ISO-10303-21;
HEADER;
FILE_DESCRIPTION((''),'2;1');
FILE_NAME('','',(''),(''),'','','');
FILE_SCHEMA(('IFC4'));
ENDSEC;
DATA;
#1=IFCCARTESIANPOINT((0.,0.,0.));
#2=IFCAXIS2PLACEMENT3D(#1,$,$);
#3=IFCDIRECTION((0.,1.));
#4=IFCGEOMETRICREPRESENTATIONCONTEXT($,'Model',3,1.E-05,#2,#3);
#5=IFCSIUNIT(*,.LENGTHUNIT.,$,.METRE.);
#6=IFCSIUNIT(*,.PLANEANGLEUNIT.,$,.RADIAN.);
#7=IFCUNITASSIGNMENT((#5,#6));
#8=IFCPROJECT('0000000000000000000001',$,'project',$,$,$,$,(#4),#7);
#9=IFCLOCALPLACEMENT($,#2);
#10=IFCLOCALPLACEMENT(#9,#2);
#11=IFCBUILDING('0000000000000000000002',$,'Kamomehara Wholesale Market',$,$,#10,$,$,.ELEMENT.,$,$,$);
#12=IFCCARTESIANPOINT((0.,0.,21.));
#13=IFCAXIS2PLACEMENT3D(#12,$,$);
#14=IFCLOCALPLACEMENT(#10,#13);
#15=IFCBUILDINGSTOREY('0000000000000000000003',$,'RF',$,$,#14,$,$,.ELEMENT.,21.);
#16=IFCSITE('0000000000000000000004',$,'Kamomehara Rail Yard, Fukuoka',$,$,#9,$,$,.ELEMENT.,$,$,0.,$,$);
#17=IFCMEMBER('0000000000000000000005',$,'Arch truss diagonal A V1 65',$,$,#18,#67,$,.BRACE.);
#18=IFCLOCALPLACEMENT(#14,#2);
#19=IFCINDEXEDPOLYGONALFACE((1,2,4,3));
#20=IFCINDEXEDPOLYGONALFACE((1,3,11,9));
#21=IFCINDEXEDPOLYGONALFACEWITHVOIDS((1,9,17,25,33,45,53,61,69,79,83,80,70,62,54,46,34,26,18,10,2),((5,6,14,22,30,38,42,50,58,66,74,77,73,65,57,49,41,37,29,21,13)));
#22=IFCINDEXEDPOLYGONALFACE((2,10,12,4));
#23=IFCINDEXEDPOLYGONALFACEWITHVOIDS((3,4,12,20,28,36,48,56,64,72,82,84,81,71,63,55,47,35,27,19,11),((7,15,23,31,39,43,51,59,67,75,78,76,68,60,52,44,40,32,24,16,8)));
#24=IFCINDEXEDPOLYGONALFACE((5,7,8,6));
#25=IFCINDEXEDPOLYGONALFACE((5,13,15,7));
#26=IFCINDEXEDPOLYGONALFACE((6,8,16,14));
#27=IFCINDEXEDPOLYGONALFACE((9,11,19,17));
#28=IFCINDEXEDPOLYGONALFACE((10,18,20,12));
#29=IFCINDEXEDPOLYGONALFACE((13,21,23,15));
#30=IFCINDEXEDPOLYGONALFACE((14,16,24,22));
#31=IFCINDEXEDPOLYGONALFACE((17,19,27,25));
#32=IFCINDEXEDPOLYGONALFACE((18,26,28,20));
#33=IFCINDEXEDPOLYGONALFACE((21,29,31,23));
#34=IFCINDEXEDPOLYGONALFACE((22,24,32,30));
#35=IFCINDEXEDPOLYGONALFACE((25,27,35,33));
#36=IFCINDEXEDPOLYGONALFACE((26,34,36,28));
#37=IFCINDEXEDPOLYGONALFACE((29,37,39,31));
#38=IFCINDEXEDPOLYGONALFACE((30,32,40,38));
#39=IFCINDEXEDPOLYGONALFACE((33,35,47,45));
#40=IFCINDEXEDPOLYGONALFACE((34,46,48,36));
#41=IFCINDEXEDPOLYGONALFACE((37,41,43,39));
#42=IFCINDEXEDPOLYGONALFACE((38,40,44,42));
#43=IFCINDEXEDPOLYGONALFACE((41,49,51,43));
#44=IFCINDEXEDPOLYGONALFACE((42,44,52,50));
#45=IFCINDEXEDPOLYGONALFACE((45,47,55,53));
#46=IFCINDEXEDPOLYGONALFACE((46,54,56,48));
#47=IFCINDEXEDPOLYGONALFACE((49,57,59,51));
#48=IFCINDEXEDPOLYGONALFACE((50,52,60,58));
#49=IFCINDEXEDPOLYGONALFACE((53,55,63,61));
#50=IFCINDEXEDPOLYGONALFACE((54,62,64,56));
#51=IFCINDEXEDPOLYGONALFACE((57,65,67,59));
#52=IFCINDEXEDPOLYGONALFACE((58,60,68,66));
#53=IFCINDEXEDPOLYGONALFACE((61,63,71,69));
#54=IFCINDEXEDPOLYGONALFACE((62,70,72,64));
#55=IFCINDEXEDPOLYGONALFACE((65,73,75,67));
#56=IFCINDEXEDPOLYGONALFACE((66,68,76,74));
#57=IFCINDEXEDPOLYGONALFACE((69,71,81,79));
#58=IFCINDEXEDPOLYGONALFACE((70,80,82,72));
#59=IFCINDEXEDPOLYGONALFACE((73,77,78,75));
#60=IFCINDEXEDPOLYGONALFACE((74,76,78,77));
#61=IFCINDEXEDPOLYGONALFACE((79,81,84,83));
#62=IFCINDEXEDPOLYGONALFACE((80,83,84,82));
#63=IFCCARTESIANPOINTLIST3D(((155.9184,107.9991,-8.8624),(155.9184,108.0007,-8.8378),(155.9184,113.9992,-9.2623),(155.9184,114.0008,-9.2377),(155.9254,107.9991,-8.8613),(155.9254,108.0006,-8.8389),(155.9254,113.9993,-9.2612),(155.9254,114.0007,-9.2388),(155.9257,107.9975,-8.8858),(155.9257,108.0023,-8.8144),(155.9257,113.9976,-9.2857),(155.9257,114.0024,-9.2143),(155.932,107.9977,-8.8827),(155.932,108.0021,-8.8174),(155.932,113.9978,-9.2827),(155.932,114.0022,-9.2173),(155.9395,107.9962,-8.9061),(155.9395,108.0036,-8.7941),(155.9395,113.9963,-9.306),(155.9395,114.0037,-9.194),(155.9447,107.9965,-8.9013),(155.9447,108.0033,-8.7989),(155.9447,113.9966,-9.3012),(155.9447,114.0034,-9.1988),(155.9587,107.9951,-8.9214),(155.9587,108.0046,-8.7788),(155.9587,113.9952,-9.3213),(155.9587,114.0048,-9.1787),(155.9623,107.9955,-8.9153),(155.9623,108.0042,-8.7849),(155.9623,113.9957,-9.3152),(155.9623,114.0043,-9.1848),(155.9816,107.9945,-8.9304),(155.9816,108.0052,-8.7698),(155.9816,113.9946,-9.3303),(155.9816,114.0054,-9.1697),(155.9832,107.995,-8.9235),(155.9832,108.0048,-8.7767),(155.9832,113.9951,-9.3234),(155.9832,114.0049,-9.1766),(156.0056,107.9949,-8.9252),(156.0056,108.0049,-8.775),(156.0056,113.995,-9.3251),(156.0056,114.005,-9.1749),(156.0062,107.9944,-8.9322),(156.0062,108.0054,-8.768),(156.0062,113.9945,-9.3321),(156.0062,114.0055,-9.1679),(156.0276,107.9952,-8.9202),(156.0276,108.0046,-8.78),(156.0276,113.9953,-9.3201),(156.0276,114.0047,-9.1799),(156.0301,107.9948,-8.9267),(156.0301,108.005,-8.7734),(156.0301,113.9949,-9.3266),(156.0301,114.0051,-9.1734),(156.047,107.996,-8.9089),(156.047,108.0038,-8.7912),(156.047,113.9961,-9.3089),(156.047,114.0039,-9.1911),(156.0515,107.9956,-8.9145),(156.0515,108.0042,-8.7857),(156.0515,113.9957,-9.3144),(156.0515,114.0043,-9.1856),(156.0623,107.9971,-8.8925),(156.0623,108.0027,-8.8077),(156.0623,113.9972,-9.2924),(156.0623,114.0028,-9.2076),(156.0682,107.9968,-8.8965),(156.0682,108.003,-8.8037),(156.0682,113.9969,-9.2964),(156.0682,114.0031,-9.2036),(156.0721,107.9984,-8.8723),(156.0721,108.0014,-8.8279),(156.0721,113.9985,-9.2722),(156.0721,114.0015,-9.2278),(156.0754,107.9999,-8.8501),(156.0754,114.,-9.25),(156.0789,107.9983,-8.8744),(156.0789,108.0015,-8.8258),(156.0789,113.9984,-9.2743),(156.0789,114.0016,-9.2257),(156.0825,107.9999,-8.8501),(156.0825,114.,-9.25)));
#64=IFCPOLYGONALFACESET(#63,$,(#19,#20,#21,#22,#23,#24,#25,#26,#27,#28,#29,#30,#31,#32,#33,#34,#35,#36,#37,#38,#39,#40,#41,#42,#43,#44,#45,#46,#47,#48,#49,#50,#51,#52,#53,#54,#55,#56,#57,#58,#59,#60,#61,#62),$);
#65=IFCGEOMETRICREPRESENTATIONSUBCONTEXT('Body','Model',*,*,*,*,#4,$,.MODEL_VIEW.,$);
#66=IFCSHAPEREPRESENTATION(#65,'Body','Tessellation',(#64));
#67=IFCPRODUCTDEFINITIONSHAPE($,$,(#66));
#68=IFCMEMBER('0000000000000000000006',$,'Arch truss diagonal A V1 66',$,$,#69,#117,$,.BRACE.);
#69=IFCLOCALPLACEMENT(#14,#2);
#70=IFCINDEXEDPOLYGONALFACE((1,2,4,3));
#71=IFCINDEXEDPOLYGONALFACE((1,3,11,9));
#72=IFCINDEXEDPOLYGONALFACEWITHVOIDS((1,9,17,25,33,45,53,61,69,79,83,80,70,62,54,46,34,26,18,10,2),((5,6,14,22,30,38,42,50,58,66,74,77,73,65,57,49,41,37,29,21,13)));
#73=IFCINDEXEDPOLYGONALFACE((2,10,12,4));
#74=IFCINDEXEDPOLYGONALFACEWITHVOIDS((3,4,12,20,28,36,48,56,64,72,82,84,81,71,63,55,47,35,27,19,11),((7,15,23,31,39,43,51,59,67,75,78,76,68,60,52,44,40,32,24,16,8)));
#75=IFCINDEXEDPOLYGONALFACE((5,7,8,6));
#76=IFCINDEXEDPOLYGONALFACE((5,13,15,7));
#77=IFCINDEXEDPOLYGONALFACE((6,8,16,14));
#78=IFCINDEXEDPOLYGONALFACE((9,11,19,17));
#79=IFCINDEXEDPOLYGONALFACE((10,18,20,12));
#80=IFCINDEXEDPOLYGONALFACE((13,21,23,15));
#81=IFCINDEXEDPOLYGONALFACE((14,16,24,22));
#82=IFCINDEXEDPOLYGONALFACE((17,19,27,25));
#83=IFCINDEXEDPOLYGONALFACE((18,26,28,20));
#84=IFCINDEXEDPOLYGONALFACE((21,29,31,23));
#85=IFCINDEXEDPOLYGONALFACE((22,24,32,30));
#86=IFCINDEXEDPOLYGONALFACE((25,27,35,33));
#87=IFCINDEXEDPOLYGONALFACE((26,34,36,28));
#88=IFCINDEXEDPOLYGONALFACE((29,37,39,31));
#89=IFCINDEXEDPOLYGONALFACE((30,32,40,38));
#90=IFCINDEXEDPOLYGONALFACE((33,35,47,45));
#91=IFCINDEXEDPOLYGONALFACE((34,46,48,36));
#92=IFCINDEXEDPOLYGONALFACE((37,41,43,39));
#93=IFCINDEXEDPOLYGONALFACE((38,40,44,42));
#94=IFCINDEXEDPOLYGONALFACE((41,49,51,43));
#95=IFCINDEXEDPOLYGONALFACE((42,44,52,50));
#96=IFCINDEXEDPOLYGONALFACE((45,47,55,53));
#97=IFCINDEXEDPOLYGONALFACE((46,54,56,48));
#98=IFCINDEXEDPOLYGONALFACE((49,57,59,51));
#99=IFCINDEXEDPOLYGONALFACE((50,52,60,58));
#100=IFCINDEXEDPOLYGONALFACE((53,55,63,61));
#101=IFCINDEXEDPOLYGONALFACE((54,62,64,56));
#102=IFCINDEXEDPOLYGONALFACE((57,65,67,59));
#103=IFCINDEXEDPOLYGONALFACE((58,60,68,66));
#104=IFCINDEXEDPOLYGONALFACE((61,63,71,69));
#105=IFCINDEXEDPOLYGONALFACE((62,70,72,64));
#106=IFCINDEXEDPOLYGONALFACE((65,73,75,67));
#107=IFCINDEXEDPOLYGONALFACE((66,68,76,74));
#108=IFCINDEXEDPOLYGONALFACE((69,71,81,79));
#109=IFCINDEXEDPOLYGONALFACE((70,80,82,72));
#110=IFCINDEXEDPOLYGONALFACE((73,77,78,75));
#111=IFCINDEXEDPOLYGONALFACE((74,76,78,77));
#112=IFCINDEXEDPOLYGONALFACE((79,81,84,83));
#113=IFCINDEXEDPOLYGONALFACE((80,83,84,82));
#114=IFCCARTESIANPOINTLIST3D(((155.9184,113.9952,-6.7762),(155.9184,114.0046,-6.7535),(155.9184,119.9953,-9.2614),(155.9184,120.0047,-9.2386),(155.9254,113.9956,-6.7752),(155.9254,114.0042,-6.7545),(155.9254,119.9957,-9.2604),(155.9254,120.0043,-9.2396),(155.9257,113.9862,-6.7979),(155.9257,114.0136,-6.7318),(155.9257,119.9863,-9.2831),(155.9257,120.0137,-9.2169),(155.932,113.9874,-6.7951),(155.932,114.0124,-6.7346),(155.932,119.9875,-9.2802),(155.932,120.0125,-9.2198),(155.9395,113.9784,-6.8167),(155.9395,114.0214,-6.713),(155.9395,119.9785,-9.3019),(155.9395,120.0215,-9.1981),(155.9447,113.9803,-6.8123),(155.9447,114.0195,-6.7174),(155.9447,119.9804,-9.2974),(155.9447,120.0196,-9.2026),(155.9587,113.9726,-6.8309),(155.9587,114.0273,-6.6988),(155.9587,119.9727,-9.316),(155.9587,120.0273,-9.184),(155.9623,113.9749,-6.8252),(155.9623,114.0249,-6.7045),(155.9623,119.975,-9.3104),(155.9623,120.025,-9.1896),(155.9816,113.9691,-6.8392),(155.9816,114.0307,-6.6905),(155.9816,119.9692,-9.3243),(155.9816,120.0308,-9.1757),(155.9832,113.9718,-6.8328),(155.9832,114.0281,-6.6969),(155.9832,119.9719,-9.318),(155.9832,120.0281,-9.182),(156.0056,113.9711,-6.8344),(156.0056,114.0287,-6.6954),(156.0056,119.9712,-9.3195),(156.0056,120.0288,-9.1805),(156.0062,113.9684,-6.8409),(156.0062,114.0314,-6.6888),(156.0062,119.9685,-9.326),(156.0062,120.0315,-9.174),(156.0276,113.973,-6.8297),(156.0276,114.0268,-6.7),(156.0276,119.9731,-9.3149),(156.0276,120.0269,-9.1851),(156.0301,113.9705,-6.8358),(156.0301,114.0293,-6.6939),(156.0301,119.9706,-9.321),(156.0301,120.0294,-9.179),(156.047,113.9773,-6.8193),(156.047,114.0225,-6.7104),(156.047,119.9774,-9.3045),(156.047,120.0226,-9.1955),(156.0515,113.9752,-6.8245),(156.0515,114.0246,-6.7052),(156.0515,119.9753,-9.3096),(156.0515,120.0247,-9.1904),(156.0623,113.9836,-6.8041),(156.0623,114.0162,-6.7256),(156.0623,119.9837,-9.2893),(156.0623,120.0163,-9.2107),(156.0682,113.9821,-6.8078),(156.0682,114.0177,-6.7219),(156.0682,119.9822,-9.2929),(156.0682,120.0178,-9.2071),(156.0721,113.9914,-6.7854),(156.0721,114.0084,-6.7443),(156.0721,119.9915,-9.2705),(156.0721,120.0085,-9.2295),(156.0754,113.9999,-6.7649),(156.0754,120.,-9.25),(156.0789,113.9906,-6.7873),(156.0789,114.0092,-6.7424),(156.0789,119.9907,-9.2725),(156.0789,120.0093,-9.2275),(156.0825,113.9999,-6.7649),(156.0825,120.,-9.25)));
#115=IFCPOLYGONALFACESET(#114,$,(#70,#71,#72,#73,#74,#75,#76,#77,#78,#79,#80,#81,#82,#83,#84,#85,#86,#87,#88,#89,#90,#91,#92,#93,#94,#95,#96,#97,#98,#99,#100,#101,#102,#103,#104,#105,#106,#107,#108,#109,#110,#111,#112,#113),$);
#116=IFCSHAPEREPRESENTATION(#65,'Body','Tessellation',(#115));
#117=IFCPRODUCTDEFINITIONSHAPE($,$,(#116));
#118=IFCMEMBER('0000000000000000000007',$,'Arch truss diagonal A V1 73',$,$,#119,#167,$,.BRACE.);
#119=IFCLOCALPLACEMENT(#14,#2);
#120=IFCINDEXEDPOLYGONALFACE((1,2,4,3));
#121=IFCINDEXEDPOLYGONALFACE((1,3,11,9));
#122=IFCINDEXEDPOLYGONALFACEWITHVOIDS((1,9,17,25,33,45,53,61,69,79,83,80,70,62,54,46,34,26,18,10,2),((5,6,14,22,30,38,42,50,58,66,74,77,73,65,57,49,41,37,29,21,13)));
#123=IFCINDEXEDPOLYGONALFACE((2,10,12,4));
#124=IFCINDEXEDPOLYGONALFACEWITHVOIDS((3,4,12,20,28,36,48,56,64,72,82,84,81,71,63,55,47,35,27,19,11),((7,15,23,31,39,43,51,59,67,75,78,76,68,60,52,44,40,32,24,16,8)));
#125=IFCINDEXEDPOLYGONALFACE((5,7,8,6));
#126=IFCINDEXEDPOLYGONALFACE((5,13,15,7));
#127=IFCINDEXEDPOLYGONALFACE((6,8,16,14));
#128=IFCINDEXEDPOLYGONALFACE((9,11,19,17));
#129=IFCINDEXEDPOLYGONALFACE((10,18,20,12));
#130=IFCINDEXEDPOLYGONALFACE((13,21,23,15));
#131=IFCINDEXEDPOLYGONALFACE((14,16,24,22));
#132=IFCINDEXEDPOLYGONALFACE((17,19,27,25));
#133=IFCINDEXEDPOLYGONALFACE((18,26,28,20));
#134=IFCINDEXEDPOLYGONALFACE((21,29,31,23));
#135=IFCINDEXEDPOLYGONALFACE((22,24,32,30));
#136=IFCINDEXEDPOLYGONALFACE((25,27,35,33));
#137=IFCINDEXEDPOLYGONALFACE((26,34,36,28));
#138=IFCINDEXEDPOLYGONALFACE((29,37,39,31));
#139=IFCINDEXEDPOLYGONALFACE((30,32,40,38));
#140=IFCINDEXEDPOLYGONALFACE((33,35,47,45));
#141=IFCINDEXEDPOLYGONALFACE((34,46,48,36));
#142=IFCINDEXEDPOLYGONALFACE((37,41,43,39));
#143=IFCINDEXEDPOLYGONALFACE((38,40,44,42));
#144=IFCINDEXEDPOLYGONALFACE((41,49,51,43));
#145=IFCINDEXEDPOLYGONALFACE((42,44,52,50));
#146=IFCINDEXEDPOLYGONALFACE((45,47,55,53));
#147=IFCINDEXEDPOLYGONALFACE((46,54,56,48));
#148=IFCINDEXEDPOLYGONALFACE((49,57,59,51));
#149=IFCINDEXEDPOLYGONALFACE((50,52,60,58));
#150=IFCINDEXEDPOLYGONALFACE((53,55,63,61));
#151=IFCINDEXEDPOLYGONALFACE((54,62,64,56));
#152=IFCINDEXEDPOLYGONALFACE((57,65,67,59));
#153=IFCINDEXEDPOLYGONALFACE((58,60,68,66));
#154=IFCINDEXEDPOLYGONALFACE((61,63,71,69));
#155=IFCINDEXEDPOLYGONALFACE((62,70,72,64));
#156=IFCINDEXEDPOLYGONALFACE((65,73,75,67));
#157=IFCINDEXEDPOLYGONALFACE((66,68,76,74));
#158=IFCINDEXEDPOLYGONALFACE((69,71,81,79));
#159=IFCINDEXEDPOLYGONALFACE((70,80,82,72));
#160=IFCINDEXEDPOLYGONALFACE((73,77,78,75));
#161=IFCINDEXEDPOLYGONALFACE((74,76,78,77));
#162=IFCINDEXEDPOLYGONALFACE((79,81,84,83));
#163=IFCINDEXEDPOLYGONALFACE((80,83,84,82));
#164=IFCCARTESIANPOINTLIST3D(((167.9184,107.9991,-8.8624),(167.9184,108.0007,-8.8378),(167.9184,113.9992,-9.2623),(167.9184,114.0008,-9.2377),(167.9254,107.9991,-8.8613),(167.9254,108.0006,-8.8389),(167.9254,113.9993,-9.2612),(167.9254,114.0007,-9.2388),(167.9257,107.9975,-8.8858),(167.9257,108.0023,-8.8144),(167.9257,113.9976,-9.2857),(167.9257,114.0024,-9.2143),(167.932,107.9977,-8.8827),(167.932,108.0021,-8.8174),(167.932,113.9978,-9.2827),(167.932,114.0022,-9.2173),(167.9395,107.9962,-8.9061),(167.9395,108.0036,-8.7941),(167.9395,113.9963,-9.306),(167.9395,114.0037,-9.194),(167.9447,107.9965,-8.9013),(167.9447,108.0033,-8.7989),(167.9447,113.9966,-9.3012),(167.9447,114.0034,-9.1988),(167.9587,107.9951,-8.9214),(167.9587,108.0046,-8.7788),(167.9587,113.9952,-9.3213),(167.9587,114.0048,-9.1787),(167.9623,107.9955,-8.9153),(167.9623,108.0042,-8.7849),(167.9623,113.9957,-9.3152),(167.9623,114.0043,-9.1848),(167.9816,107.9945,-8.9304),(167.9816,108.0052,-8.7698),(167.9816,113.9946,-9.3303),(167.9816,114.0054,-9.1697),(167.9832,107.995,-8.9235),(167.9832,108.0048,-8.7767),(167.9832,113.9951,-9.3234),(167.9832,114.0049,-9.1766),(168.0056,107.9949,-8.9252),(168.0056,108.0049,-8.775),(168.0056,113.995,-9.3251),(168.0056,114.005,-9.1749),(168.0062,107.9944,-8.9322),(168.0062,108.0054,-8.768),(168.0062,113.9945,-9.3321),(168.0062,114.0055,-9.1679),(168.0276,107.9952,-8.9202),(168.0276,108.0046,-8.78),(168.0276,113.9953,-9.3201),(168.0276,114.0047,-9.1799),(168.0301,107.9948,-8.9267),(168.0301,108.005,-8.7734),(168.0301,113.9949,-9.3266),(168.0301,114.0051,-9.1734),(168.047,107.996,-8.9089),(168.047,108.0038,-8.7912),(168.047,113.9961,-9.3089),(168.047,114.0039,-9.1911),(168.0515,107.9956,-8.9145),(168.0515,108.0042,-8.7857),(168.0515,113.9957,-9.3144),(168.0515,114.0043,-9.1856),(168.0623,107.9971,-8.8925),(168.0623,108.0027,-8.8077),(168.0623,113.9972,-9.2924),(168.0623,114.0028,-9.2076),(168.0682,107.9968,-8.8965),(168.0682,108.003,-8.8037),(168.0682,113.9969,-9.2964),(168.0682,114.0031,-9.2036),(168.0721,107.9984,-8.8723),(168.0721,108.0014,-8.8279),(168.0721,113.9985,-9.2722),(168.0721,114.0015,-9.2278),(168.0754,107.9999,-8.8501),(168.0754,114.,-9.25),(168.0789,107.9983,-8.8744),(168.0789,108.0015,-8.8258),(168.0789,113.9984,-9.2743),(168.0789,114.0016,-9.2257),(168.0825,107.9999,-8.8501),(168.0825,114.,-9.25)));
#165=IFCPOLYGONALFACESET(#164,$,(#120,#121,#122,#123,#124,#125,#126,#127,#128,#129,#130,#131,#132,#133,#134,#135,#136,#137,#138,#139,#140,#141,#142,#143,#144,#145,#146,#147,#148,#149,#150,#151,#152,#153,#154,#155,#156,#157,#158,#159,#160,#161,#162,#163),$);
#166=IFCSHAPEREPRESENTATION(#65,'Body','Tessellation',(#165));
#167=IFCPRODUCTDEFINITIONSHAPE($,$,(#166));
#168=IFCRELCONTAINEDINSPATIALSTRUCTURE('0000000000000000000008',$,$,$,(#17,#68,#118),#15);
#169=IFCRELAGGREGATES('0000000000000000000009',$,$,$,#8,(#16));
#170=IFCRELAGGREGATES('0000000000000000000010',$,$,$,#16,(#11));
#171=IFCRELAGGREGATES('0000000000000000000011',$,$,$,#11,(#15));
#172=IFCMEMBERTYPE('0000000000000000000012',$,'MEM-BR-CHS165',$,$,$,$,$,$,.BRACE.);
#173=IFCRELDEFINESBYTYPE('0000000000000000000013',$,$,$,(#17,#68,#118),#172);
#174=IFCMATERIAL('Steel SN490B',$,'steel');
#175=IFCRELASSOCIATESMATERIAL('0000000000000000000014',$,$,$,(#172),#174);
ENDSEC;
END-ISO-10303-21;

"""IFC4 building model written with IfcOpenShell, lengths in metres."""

from ifc_helpers import new_model, si_unit, direction, frame, origin, origin_2d, place, context, subcontext, project, spatial, hollow_circle, extrude, material, material_profile, profile_set, type_object, element, save


model = new_model("IFC4")

# Units and contexts
model_context = context("Model", 3, precision=1e-05, world=origin(), true_north=direction((0.0, 1.0)))
body_context = subcontext(model_context, "Body", "Model", "MODEL_VIEW")
ifc_project = project(units=[si_unit("LENGTHUNIT", "METRE"), si_unit("PLANEANGLEUNIT", "RADIAN")], contexts=[model_context])

# Site, building, storey
site_placement = place(None, origin())
site = spatial("IfcSite", under=ifc_project, at=site_placement, Name="Kamomehara Rail Yard, Fukuoka", CompositionType="ELEMENT", RefElevation=0.0)
building_placement = place(site_placement, origin())
building = spatial("IfcBuilding", under=site, at=building_placement, Name="Kamomehara Wholesale Market", CompositionType="ELEMENT")
storey_placement = place(building_placement, frame((0.0, 0.0, 21.0)))
storey = spatial("IfcBuildingStorey", under=building, at=storey_placement, Name="RF", CompositionType="ELEMENT", Elevation=21.0)

# Members
ifc_material_1 = material(Name="Steel SN490B", Category="steel")
ifc_material_profile_1 = material_profile(ifc_material_1, hollow_circle(Radius=0.0825, WallThickness=0.0071, at=origin_2d()), Name="CHS-165.2x7.1")
ifc_profile_set_1 = profile_set([ifc_material_profile_1], Name="Steel SN490B")
member_type_1 = type_object("IfcMemberType", Name="MEM-BR-CHS165", PredefinedType="BRACE", material=ifc_profile_set_1)
member_1_placement = place(storey_placement, frame((156.0, 114.0, -9.25), z_axis=(0.0, -0.997786, 0.066503), x_axis=(1.0, 0.0, 0.0)))
element("IfcMember", 1, at=member_1_placement, inside=storey, type_object=member_type_1, Name="Arch truss diagonal A V1 65", PredefinedType="BRACE", context=body_context, shape_type="SweptSolid", body=[
    extrude(hollow_circle(Radius=0.0825, WallThickness=0.0071, at=origin_2d()), origin(), (0.0, 0.0, 1.0), 6.0134),
])
member_2_placement = place(storey_placement, frame((156.0, 120.0, -9.25), z_axis=(0.0, -0.923889, 0.382661), x_axis=(1.0, 0.0, 0.0)))
element("IfcMember", 2, at=member_2_placement, inside=storey, type_object=member_type_1, Name="Arch truss diagonal A V1 66", PredefinedType="BRACE", context=body_context, shape_type="SweptSolid", body=[
    extrude(hollow_circle(Radius=0.0825, WallThickness=0.0071, at=origin_2d()), origin(), (0.0, 0.0, 1.0), 6.4944),
])
member_3_placement = place(storey_placement, frame((168.0, 114.0, -9.25), z_axis=(0.0, -0.997786, 0.066503), x_axis=(1.0, 0.0, 0.0)))
element("IfcMember", 3, at=member_3_placement, inside=storey, type_object=member_type_1, Name="Arch truss diagonal A V1 73", PredefinedType="BRACE", context=body_context, shape_type="SweptSolid", body=[
    extrude(hollow_circle(Radius=0.0825, WallThickness=0.0071, at=origin_2d()), origin(), (0.0, 0.0, 1.0), 6.0134),
])

save(model, "model.ifc")
